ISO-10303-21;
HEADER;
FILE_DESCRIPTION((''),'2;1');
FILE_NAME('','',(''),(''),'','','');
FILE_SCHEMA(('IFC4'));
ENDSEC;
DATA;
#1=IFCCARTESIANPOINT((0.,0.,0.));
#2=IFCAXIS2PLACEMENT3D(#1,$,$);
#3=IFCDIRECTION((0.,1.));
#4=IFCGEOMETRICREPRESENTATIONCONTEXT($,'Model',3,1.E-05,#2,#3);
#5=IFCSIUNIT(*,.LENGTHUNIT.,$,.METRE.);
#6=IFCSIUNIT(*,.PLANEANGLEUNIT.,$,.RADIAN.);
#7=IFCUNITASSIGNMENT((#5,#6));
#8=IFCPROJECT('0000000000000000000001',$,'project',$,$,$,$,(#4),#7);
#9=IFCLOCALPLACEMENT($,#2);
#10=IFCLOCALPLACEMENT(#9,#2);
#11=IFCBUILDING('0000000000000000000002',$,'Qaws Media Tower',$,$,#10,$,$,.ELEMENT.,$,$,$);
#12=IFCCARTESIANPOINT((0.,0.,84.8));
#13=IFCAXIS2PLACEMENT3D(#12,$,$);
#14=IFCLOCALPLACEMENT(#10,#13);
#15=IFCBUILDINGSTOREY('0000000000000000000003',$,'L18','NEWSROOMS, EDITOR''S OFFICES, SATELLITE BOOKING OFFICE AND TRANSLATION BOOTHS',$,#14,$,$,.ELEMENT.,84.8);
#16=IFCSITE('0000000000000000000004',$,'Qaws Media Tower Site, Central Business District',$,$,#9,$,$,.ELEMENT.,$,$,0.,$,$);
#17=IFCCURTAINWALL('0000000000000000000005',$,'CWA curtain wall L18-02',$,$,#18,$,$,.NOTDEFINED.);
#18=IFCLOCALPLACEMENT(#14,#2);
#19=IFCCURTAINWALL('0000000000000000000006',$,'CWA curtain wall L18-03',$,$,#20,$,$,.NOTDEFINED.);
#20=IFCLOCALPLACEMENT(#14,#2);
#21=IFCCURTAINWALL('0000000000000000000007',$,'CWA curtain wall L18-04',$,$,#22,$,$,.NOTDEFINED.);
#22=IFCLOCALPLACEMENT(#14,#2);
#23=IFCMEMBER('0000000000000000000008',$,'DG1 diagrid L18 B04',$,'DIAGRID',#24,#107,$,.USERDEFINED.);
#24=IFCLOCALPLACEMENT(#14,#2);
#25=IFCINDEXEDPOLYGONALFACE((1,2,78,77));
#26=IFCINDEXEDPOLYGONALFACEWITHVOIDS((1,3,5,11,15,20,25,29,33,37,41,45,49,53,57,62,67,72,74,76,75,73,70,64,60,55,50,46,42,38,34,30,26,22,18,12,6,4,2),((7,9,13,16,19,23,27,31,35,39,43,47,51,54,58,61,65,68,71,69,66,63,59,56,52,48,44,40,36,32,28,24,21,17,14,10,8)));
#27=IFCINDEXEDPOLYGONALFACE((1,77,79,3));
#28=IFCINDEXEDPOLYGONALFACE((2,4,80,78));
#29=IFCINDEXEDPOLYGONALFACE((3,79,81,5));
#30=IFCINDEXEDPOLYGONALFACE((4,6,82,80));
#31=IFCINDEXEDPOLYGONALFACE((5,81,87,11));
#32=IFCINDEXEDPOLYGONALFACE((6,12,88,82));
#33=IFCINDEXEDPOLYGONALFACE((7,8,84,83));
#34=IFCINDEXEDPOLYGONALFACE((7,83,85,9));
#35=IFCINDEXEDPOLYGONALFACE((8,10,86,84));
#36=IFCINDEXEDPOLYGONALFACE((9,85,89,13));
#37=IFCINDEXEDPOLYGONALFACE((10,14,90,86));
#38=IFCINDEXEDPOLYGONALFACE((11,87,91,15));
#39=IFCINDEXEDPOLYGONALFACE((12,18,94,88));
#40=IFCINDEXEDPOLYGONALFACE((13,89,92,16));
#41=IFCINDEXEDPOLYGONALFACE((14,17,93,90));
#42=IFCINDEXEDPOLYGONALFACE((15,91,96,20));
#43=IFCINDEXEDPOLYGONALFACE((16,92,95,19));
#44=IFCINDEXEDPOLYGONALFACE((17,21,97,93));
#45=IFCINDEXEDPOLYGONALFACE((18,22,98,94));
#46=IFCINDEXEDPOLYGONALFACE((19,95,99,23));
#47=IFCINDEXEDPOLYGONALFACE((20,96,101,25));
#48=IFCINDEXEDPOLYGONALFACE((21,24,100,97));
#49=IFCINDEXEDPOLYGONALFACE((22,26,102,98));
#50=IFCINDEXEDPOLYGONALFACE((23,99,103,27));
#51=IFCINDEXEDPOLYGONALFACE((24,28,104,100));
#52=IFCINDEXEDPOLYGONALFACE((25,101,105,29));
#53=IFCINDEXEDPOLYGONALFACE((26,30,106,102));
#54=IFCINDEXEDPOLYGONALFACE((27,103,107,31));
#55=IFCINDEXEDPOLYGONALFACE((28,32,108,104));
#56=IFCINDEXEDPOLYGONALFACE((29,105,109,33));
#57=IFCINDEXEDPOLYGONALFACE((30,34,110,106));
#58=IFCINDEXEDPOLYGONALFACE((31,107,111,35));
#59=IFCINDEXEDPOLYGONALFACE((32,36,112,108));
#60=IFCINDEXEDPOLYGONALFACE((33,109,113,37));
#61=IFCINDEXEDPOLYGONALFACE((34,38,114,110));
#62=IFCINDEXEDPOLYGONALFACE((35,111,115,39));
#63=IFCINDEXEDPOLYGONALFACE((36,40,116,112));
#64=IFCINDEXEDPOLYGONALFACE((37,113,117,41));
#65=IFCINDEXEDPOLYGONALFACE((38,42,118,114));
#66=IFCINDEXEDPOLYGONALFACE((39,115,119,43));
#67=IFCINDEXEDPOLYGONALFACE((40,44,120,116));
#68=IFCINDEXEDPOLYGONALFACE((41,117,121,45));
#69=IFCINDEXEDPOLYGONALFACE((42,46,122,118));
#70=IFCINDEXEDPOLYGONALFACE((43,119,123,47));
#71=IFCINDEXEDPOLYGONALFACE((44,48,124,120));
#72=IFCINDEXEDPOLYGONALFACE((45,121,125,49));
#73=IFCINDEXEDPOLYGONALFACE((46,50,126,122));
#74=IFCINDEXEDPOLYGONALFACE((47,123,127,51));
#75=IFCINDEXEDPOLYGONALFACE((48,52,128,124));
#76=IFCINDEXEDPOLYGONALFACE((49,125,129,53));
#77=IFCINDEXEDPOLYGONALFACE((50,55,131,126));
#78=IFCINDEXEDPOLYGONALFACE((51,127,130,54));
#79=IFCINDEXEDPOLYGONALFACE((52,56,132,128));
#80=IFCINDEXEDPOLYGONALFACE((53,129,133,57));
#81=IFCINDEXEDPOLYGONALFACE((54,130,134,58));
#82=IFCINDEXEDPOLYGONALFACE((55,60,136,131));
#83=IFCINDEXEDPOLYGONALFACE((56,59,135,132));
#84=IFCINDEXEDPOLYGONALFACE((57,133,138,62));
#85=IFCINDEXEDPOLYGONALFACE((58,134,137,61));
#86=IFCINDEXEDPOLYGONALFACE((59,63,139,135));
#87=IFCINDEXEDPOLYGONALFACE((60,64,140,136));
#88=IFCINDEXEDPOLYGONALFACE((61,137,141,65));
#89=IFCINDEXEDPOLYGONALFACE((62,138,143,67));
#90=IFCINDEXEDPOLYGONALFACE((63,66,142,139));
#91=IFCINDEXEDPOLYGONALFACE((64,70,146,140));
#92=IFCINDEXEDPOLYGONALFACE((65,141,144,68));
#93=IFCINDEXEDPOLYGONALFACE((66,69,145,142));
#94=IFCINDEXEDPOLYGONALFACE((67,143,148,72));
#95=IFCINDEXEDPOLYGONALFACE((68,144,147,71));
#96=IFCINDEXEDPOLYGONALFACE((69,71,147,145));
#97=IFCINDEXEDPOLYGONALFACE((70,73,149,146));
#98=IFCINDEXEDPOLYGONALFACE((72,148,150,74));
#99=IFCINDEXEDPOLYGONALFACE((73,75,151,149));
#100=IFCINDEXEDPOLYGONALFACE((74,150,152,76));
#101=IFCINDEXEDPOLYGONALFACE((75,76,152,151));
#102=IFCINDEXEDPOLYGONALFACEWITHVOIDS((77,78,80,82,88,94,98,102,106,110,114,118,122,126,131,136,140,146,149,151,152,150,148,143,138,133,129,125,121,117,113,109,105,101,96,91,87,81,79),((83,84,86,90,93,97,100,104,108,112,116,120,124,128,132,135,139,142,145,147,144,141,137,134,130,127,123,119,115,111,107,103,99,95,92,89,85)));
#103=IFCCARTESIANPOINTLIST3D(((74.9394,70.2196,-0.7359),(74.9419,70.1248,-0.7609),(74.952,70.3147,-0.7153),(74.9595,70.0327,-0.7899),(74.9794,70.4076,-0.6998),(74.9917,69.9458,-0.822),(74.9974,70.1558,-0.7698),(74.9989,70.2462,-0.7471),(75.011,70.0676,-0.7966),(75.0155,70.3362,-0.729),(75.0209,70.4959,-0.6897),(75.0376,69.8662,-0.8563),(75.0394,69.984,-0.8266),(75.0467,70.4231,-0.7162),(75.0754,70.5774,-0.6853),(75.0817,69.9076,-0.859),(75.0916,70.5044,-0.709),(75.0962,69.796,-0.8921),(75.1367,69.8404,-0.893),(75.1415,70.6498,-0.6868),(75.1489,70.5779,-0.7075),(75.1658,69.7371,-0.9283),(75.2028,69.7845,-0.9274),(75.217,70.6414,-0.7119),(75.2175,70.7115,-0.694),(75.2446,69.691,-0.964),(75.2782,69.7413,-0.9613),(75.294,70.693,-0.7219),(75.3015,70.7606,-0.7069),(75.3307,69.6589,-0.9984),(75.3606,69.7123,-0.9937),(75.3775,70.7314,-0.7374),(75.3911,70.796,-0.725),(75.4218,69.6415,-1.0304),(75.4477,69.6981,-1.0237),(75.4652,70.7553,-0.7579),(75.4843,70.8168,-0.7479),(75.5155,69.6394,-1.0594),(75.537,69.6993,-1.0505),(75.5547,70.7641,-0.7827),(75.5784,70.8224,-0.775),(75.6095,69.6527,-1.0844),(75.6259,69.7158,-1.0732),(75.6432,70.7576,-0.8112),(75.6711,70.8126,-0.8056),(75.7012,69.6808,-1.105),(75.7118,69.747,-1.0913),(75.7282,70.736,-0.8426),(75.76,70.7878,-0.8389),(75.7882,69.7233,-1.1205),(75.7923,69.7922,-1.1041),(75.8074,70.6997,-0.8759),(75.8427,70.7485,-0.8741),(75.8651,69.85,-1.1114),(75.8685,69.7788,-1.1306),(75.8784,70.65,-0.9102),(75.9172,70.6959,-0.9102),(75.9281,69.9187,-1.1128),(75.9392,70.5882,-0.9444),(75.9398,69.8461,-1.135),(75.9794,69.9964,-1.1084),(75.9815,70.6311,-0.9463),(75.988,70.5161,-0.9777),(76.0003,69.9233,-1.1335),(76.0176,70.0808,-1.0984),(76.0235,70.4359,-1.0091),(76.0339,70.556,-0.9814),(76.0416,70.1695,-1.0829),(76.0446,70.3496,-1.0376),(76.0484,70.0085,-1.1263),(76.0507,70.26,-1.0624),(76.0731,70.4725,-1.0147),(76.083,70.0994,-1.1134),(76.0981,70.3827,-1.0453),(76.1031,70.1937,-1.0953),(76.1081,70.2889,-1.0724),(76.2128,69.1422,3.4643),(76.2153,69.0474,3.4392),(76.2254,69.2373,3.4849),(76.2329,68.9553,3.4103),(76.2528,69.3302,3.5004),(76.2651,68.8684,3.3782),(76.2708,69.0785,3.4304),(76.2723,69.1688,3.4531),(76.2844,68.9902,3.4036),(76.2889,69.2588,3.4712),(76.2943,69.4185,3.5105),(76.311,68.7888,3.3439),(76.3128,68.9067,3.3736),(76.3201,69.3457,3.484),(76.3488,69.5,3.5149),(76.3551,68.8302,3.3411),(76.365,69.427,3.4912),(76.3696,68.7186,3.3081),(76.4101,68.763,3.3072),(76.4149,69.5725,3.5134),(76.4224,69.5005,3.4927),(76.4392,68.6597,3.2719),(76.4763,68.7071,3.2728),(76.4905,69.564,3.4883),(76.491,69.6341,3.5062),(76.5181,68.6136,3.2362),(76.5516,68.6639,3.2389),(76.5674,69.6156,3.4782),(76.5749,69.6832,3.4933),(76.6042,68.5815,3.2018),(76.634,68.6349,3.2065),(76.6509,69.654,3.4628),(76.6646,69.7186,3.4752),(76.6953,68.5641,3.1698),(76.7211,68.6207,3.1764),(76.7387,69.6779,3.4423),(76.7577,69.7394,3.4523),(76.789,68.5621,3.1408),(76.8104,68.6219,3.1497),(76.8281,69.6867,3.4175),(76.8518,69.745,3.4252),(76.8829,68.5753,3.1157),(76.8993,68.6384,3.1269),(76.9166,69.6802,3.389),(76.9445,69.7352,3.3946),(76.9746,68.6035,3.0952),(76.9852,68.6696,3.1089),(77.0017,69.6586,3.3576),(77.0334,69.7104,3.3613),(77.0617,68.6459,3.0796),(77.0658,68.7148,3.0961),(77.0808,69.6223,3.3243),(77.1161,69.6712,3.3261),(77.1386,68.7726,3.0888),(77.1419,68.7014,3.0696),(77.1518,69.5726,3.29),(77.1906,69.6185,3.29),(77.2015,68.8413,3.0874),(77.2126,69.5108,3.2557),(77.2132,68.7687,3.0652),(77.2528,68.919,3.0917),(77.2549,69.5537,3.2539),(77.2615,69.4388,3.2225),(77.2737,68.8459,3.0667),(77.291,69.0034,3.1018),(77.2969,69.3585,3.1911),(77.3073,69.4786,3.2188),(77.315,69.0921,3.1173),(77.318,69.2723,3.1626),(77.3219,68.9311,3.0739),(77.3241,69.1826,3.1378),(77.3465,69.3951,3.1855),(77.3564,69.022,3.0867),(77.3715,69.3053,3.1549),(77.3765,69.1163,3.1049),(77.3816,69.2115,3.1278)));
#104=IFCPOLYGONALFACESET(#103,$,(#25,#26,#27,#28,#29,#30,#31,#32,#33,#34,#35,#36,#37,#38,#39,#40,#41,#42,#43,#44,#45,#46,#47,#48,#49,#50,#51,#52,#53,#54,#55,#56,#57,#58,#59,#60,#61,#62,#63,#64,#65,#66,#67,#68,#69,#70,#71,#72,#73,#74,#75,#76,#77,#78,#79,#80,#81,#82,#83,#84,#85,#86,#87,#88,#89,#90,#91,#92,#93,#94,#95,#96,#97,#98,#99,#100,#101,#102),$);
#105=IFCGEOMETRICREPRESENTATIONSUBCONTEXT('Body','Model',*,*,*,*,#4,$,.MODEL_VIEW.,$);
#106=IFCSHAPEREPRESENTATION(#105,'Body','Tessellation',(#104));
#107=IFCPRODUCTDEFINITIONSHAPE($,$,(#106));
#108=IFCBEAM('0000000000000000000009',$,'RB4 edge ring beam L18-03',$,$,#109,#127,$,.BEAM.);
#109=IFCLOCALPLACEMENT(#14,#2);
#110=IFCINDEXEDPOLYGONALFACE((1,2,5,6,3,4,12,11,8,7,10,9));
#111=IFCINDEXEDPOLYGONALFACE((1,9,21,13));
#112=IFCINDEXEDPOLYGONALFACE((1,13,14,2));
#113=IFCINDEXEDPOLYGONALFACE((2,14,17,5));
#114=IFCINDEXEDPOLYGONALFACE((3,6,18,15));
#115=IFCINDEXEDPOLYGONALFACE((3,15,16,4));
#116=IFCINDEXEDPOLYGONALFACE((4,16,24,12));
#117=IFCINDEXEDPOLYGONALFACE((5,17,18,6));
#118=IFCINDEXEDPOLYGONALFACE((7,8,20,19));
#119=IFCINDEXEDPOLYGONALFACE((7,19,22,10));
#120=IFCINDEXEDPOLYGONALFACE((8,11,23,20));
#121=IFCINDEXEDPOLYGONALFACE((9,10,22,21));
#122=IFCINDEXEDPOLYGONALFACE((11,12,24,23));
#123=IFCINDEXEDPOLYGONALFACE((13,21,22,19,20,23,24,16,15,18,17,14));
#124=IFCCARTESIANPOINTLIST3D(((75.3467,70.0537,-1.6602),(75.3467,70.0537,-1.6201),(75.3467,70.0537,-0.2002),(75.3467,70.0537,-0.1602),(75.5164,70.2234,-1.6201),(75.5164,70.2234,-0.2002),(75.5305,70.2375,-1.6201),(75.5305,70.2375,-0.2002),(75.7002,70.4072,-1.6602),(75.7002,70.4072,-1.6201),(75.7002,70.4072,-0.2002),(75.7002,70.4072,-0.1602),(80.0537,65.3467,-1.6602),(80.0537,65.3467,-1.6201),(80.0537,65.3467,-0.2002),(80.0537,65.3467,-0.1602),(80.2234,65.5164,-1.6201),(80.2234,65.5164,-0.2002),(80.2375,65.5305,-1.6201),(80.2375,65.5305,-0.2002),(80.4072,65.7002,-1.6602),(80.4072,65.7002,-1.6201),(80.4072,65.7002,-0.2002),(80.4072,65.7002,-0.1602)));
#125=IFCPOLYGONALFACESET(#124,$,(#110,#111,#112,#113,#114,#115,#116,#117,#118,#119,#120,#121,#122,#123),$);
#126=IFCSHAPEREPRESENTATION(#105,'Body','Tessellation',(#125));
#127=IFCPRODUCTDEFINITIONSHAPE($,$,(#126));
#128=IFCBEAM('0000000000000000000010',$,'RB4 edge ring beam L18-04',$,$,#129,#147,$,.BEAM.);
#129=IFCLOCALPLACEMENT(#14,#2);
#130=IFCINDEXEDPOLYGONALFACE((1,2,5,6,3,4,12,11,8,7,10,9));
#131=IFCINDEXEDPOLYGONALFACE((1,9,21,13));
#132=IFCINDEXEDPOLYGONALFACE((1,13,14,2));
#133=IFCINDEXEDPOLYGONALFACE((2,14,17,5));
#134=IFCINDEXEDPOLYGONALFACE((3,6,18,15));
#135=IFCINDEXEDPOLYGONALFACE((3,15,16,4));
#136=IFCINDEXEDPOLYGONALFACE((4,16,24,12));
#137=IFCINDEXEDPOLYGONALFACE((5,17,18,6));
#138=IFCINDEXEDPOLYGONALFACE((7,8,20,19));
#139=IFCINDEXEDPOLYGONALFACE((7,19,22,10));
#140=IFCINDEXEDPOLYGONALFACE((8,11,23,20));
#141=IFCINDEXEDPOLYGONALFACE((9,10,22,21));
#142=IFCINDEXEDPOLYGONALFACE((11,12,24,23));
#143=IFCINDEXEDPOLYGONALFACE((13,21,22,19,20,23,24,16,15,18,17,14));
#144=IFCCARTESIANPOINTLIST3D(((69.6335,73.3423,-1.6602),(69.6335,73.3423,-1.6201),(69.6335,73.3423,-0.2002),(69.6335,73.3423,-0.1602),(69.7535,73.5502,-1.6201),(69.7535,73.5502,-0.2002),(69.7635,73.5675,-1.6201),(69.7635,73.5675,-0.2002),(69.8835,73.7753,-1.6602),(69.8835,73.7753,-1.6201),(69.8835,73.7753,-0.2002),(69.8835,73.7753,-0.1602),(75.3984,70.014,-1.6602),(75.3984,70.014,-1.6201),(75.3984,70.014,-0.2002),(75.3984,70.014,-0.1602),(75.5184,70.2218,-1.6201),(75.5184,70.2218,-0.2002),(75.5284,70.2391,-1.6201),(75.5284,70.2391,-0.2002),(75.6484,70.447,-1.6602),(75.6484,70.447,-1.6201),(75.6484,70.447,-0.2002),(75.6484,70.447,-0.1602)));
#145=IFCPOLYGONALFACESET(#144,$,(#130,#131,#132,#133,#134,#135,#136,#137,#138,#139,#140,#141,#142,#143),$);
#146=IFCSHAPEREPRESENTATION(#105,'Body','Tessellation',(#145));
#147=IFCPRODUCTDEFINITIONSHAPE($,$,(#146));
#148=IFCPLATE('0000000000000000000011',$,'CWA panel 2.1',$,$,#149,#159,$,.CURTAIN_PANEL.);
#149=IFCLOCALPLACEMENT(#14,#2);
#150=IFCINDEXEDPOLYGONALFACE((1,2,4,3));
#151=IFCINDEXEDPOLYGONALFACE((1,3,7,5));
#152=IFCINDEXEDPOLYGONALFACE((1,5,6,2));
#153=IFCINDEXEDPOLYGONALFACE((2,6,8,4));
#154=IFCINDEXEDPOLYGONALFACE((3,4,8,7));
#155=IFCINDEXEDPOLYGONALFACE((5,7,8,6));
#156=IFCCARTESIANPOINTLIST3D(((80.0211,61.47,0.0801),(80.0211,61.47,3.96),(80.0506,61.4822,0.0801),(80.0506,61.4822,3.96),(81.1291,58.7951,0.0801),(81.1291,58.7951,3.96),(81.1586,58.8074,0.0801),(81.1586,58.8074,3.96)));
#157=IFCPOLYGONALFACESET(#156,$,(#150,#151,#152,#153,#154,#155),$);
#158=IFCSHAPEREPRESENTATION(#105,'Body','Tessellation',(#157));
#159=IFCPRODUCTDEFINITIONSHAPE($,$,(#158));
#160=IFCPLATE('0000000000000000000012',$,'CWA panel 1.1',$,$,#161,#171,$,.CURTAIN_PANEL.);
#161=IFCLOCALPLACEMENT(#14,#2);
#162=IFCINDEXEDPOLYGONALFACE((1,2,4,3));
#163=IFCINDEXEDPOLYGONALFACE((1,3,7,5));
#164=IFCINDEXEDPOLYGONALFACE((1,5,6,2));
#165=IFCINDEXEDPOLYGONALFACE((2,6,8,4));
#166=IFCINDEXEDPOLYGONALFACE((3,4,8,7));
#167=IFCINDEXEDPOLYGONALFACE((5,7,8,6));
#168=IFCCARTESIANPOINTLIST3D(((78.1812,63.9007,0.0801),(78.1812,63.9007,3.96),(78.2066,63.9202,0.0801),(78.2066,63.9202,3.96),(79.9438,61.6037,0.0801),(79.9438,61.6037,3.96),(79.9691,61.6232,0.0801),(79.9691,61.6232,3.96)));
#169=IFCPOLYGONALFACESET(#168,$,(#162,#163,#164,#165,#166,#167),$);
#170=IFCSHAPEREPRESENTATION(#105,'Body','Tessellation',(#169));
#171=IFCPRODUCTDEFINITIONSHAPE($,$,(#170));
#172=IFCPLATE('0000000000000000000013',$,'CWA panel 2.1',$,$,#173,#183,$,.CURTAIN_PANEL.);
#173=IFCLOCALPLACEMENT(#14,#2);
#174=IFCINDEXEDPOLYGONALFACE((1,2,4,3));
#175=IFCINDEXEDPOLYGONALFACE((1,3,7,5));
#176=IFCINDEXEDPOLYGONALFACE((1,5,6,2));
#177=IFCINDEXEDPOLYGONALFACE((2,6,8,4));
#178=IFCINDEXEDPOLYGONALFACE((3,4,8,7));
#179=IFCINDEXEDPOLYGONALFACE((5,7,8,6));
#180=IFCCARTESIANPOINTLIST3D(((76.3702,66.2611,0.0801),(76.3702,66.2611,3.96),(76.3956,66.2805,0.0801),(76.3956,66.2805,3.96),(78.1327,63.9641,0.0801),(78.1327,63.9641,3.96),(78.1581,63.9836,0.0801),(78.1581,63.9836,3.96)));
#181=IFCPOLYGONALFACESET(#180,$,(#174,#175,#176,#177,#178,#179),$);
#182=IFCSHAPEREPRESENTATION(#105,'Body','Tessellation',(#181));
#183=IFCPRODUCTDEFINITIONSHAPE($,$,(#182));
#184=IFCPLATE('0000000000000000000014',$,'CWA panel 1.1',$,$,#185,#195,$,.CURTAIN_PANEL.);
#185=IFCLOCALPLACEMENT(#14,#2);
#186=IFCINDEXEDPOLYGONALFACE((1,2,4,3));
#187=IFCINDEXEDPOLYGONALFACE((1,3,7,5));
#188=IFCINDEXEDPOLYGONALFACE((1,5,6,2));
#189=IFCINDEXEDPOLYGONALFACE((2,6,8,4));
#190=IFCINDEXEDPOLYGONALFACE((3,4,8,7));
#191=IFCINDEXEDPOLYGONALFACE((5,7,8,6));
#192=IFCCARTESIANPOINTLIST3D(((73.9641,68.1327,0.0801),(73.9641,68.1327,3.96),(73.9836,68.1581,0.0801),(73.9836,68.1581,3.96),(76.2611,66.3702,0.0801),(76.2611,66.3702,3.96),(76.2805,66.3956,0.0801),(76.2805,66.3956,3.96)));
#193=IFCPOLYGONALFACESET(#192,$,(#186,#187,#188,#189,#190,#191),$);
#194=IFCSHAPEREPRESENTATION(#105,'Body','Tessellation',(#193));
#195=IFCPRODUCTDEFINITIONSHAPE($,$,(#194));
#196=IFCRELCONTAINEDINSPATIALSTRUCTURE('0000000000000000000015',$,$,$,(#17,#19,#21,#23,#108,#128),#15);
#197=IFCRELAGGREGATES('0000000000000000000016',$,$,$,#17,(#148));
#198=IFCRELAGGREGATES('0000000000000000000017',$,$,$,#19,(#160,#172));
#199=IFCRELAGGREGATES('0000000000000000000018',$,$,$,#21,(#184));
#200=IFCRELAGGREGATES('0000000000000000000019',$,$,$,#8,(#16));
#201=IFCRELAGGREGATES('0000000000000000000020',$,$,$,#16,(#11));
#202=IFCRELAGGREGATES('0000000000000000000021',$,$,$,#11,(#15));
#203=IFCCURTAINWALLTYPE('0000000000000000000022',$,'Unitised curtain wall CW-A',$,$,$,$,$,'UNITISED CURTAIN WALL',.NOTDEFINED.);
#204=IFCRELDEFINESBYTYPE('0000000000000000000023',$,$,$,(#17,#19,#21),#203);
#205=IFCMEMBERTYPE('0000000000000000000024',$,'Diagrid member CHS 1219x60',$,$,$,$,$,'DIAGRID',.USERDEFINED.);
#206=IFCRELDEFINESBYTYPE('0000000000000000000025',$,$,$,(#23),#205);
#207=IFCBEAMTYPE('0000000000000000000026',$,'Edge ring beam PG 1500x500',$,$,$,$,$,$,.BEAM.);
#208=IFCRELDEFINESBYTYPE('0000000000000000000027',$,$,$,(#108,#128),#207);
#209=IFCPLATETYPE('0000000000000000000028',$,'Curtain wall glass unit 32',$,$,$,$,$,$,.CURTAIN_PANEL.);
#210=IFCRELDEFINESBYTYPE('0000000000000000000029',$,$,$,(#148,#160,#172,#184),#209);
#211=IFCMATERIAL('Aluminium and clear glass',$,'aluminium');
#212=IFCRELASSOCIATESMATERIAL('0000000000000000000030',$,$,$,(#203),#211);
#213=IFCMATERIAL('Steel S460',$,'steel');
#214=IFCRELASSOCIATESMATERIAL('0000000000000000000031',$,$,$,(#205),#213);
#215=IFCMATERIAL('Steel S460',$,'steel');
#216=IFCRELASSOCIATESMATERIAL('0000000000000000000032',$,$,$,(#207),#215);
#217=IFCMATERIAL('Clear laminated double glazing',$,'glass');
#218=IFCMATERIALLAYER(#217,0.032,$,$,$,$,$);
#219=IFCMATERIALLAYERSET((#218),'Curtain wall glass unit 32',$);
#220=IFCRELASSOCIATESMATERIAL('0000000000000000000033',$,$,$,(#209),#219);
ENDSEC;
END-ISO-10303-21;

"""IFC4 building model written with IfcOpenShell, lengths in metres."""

from ifc_helpers import new_model, si_unit, direction, frame, origin, origin_2d, place, context, subcontext, project, spatial, rectangle, hollow_circle, i_section, extrude, material, layer, layer_set, material_profile, profile_set, type_object, element, aggregate, save


model = new_model("IFC4")

# Units and contexts
model_context = context("Model", 3, precision=1e-05, world=origin(), true_north=direction((0.0, 1.0)))
body_context = subcontext(model_context, "Body", "Model", "MODEL_VIEW")
ifc_project = project(units=[si_unit("LENGTHUNIT", "METRE"), si_unit("PLANEANGLEUNIT", "RADIAN")], contexts=[model_context])

# Site, building, storey
site_placement = place(None, origin())
site = spatial("IfcSite", under=ifc_project, at=site_placement, Name="Qaws Media Tower Site, Central Business District", CompositionType="ELEMENT", RefElevation=0.0)
building_placement = place(site_placement, origin())
building = spatial("IfcBuilding", under=site, at=building_placement, Name="Qaws Media Tower", CompositionType="ELEMENT")
storey_placement = place(building_placement, frame((0.0, 0.0, 84.8)))
storey = spatial("IfcBuildingStorey", under=building, at=storey_placement, Name="L18", Description="NEWSROOMS, EDITOR'S OFFICES, SATELLITE BOOKING OFFICE AND TRANSLATION BOOTHS", CompositionType="ELEMENT", Elevation=84.8)

# Curtain wall
ifc_material_1 = material(Name="Aluminium and clear glass", Category="aluminium")
curtain_wall_type = type_object("IfcCurtainWallType", Name="Unitised curtain wall CW-A", ElementType="UNITISED CURTAIN WALL", PredefinedType="NOTDEFINED", material=ifc_material_1)
curtain_wall_1_placement = place(storey_placement, origin())
curtain_wall_1 = element("IfcCurtainWall", 1, at=curtain_wall_1_placement, inside=storey, type_object=curtain_wall_type, Name="CWA curtain wall L18-02", PredefinedType="NOTDEFINED")

# Curtain walls
curtain_wall_2_placement = place(storey_placement, origin())
curtain_wall_2 = element("IfcCurtainWall", 2, at=curtain_wall_2_placement, inside=storey, type_object=curtain_wall_type, Name="CWA curtain wall L18-03", PredefinedType="NOTDEFINED")
curtain_wall_3_placement = place(storey_placement, origin())
curtain_wall_3 = element("IfcCurtainWall", 3, at=curtain_wall_3_placement, inside=storey, type_object=curtain_wall_type, Name="CWA curtain wall L18-04", PredefinedType="NOTDEFINED")

# Member
ifc_material_2 = material(Name="Steel S460", Category="steel")
ifc_material_profile_1 = material_profile(ifc_material_2, hollow_circle(Radius=0.6096, WallThickness=0.0601, at=origin_2d()), Name="CHS 1219x60")
ifc_profile_set_1 = profile_set([ifc_material_profile_1], Name="Steel S460")
member_type_1 = type_object("IfcMemberType", Name="Diagrid member CHS 1219x60", ElementType="DIAGRID", PredefinedType="USERDEFINED", material=ifc_profile_set_1)
for number, where, z_axis, x_axis, name in (
    (4, (75.5234, 70.2305, -0.9102), (0.281778, -0.238398, 0.929391), (0.645896, 0.763425, 0.0), "DG1 diagrid L18 B04"),
):
    element("IfcMember", number, at=place(storey_placement, frame(where, z_axis=z_axis, x_axis=x_axis)), inside=storey, type_object=member_type_1, Name=name, ObjectType="DIAGRID", PredefinedType="USERDEFINED", context=body_context, shape_type="SweptSolid", body=[
        extrude(hollow_circle(Radius=0.6096, WallThickness=0.0601, at=origin_2d()), origin(), (0.0, 0.0, 1.0), 4.5193),
    ])

# Beams
ifc_material_3 = material(Name="Steel S460", Category="steel")
ifc_material_profile_2 = material_profile(ifc_material_3, i_section(OverallWidth=0.5, OverallDepth=1.5, WebThickness=0.02, FlangeThickness=0.04, at=origin_2d()), Name="PG 1500x500")
ifc_profile_set_2 = profile_set([ifc_material_profile_2], Name="Steel S460")
beam_type = type_object("IfcBeamType", Name="Edge ring beam PG 1500x500", PredefinedType="BEAM", material=ifc_profile_set_2)
for number, where, z_axis, x_axis, name in (
    (5, (80.2305, 65.5234, -0.9102), (-0.707107, 0.707107, 0.0), (-0.707107, -0.707107, 0.0), "RB4 edge ring beam L18-03"),
    (6, (75.5234, 70.2305, -0.9102), (-0.866025, 0.500001, 0.0), (-0.500001, -0.866025, 0.0), "RB4 edge ring beam L18-04"),
):
    element("IfcBeam", number, at=place(storey_placement, frame(where, z_axis=z_axis, x_axis=x_axis)), inside=storey, type_object=beam_type, Name=name, PredefinedType="BEAM", context=body_context, shape_type="SweptSolid", body=[
        extrude(i_section(OverallWidth=0.5, OverallDepth=1.5, WebThickness=0.02, FlangeThickness=0.04, at=origin_2d()), origin(), (0.0, 0.0, 1.0), 6.6567),
    ])

# Plates
ifc_material_4 = material(Name="Clear laminated double glazing", Category="glass")
ifc_layer_1 = layer(ifc_material_4, 0.032)
ifc_layer_set_1 = layer_set([ifc_layer_1], Name="Curtain wall glass unit 32")
plate_type_1 = type_object("IfcPlateType", Name="Curtain wall glass unit 32", PredefinedType="CURTAIN_PANEL", material=ifc_layer_set_1)
plate_1_placement = place(storey_placement, frame((80.5898, 60.1387, 0.0801), z_axis=(0.0, 0.0, 1.0), x_axis=(-0.382683, 0.92388, 0.0)))
plate_1 = element("IfcPlate", 7, at=plate_1_placement, type_object=plate_type_1, Name="CWA panel 2.1", PredefinedType="CURTAIN_PANEL", context=body_context, shape_type="SweptSolid", body=[
    extrude(rectangle(XDim=2.8953, YDim=0.032, at=origin_2d()), origin(), (0.0, 0.0, 1.0), 3.8799),
])
aggregate(curtain_wall_1, [plate_1])
plate_2_placement = place(storey_placement, frame((79.0752, 62.762, 0.0801), z_axis=(0.0, 0.0, 1.0), x_axis=(-0.608761, 0.793353, 0.0)))
plate_2 = element("IfcPlate", 8, at=plate_2_placement, type_object=plate_type_1, Name="CWA panel 1.1", PredefinedType="CURTAIN_PANEL", context=body_context, shape_type="SweptSolid", body=[
    extrude(rectangle(XDim=2.8953, YDim=0.032, at=origin_2d()), origin(), (0.0, 0.0, 1.0), 3.8799),
])
plate_3_placement = place(storey_placement, frame((77.2642, 65.1223, 0.0801), z_axis=(0.0, 0.0, 1.0), x_axis=(-0.608761, 0.793353, 0.0)))
plate_3 = element("IfcPlate", 9, at=plate_3_placement, type_object=plate_type_1, Name="CWA panel 2.1", PredefinedType="CURTAIN_PANEL", context=body_context, shape_type="SweptSolid", body=[
    extrude(rectangle(XDim=2.8953, YDim=0.032, at=origin_2d()), origin(), (0.0, 0.0, 1.0), 3.8799),
])
aggregate(curtain_wall_2, [plate_2, plate_3])
plate_4_placement = place(storey_placement, frame((75.1223, 67.2642, 0.0801), z_axis=(0.0, 0.0, 1.0), x_axis=(-0.793353, 0.608761, 0.0)))
plate_4 = element("IfcPlate", 10, at=plate_4_placement, type_object=plate_type_1, Name="CWA panel 1.1", PredefinedType="CURTAIN_PANEL", context=body_context, shape_type="SweptSolid", body=[
    extrude(rectangle(XDim=2.8953, YDim=0.032, at=origin_2d()), origin(), (0.0, 0.0, 1.0), 3.8799),
])
aggregate(curtain_wall_3, [plate_4])

save(model, "model.ifc")
